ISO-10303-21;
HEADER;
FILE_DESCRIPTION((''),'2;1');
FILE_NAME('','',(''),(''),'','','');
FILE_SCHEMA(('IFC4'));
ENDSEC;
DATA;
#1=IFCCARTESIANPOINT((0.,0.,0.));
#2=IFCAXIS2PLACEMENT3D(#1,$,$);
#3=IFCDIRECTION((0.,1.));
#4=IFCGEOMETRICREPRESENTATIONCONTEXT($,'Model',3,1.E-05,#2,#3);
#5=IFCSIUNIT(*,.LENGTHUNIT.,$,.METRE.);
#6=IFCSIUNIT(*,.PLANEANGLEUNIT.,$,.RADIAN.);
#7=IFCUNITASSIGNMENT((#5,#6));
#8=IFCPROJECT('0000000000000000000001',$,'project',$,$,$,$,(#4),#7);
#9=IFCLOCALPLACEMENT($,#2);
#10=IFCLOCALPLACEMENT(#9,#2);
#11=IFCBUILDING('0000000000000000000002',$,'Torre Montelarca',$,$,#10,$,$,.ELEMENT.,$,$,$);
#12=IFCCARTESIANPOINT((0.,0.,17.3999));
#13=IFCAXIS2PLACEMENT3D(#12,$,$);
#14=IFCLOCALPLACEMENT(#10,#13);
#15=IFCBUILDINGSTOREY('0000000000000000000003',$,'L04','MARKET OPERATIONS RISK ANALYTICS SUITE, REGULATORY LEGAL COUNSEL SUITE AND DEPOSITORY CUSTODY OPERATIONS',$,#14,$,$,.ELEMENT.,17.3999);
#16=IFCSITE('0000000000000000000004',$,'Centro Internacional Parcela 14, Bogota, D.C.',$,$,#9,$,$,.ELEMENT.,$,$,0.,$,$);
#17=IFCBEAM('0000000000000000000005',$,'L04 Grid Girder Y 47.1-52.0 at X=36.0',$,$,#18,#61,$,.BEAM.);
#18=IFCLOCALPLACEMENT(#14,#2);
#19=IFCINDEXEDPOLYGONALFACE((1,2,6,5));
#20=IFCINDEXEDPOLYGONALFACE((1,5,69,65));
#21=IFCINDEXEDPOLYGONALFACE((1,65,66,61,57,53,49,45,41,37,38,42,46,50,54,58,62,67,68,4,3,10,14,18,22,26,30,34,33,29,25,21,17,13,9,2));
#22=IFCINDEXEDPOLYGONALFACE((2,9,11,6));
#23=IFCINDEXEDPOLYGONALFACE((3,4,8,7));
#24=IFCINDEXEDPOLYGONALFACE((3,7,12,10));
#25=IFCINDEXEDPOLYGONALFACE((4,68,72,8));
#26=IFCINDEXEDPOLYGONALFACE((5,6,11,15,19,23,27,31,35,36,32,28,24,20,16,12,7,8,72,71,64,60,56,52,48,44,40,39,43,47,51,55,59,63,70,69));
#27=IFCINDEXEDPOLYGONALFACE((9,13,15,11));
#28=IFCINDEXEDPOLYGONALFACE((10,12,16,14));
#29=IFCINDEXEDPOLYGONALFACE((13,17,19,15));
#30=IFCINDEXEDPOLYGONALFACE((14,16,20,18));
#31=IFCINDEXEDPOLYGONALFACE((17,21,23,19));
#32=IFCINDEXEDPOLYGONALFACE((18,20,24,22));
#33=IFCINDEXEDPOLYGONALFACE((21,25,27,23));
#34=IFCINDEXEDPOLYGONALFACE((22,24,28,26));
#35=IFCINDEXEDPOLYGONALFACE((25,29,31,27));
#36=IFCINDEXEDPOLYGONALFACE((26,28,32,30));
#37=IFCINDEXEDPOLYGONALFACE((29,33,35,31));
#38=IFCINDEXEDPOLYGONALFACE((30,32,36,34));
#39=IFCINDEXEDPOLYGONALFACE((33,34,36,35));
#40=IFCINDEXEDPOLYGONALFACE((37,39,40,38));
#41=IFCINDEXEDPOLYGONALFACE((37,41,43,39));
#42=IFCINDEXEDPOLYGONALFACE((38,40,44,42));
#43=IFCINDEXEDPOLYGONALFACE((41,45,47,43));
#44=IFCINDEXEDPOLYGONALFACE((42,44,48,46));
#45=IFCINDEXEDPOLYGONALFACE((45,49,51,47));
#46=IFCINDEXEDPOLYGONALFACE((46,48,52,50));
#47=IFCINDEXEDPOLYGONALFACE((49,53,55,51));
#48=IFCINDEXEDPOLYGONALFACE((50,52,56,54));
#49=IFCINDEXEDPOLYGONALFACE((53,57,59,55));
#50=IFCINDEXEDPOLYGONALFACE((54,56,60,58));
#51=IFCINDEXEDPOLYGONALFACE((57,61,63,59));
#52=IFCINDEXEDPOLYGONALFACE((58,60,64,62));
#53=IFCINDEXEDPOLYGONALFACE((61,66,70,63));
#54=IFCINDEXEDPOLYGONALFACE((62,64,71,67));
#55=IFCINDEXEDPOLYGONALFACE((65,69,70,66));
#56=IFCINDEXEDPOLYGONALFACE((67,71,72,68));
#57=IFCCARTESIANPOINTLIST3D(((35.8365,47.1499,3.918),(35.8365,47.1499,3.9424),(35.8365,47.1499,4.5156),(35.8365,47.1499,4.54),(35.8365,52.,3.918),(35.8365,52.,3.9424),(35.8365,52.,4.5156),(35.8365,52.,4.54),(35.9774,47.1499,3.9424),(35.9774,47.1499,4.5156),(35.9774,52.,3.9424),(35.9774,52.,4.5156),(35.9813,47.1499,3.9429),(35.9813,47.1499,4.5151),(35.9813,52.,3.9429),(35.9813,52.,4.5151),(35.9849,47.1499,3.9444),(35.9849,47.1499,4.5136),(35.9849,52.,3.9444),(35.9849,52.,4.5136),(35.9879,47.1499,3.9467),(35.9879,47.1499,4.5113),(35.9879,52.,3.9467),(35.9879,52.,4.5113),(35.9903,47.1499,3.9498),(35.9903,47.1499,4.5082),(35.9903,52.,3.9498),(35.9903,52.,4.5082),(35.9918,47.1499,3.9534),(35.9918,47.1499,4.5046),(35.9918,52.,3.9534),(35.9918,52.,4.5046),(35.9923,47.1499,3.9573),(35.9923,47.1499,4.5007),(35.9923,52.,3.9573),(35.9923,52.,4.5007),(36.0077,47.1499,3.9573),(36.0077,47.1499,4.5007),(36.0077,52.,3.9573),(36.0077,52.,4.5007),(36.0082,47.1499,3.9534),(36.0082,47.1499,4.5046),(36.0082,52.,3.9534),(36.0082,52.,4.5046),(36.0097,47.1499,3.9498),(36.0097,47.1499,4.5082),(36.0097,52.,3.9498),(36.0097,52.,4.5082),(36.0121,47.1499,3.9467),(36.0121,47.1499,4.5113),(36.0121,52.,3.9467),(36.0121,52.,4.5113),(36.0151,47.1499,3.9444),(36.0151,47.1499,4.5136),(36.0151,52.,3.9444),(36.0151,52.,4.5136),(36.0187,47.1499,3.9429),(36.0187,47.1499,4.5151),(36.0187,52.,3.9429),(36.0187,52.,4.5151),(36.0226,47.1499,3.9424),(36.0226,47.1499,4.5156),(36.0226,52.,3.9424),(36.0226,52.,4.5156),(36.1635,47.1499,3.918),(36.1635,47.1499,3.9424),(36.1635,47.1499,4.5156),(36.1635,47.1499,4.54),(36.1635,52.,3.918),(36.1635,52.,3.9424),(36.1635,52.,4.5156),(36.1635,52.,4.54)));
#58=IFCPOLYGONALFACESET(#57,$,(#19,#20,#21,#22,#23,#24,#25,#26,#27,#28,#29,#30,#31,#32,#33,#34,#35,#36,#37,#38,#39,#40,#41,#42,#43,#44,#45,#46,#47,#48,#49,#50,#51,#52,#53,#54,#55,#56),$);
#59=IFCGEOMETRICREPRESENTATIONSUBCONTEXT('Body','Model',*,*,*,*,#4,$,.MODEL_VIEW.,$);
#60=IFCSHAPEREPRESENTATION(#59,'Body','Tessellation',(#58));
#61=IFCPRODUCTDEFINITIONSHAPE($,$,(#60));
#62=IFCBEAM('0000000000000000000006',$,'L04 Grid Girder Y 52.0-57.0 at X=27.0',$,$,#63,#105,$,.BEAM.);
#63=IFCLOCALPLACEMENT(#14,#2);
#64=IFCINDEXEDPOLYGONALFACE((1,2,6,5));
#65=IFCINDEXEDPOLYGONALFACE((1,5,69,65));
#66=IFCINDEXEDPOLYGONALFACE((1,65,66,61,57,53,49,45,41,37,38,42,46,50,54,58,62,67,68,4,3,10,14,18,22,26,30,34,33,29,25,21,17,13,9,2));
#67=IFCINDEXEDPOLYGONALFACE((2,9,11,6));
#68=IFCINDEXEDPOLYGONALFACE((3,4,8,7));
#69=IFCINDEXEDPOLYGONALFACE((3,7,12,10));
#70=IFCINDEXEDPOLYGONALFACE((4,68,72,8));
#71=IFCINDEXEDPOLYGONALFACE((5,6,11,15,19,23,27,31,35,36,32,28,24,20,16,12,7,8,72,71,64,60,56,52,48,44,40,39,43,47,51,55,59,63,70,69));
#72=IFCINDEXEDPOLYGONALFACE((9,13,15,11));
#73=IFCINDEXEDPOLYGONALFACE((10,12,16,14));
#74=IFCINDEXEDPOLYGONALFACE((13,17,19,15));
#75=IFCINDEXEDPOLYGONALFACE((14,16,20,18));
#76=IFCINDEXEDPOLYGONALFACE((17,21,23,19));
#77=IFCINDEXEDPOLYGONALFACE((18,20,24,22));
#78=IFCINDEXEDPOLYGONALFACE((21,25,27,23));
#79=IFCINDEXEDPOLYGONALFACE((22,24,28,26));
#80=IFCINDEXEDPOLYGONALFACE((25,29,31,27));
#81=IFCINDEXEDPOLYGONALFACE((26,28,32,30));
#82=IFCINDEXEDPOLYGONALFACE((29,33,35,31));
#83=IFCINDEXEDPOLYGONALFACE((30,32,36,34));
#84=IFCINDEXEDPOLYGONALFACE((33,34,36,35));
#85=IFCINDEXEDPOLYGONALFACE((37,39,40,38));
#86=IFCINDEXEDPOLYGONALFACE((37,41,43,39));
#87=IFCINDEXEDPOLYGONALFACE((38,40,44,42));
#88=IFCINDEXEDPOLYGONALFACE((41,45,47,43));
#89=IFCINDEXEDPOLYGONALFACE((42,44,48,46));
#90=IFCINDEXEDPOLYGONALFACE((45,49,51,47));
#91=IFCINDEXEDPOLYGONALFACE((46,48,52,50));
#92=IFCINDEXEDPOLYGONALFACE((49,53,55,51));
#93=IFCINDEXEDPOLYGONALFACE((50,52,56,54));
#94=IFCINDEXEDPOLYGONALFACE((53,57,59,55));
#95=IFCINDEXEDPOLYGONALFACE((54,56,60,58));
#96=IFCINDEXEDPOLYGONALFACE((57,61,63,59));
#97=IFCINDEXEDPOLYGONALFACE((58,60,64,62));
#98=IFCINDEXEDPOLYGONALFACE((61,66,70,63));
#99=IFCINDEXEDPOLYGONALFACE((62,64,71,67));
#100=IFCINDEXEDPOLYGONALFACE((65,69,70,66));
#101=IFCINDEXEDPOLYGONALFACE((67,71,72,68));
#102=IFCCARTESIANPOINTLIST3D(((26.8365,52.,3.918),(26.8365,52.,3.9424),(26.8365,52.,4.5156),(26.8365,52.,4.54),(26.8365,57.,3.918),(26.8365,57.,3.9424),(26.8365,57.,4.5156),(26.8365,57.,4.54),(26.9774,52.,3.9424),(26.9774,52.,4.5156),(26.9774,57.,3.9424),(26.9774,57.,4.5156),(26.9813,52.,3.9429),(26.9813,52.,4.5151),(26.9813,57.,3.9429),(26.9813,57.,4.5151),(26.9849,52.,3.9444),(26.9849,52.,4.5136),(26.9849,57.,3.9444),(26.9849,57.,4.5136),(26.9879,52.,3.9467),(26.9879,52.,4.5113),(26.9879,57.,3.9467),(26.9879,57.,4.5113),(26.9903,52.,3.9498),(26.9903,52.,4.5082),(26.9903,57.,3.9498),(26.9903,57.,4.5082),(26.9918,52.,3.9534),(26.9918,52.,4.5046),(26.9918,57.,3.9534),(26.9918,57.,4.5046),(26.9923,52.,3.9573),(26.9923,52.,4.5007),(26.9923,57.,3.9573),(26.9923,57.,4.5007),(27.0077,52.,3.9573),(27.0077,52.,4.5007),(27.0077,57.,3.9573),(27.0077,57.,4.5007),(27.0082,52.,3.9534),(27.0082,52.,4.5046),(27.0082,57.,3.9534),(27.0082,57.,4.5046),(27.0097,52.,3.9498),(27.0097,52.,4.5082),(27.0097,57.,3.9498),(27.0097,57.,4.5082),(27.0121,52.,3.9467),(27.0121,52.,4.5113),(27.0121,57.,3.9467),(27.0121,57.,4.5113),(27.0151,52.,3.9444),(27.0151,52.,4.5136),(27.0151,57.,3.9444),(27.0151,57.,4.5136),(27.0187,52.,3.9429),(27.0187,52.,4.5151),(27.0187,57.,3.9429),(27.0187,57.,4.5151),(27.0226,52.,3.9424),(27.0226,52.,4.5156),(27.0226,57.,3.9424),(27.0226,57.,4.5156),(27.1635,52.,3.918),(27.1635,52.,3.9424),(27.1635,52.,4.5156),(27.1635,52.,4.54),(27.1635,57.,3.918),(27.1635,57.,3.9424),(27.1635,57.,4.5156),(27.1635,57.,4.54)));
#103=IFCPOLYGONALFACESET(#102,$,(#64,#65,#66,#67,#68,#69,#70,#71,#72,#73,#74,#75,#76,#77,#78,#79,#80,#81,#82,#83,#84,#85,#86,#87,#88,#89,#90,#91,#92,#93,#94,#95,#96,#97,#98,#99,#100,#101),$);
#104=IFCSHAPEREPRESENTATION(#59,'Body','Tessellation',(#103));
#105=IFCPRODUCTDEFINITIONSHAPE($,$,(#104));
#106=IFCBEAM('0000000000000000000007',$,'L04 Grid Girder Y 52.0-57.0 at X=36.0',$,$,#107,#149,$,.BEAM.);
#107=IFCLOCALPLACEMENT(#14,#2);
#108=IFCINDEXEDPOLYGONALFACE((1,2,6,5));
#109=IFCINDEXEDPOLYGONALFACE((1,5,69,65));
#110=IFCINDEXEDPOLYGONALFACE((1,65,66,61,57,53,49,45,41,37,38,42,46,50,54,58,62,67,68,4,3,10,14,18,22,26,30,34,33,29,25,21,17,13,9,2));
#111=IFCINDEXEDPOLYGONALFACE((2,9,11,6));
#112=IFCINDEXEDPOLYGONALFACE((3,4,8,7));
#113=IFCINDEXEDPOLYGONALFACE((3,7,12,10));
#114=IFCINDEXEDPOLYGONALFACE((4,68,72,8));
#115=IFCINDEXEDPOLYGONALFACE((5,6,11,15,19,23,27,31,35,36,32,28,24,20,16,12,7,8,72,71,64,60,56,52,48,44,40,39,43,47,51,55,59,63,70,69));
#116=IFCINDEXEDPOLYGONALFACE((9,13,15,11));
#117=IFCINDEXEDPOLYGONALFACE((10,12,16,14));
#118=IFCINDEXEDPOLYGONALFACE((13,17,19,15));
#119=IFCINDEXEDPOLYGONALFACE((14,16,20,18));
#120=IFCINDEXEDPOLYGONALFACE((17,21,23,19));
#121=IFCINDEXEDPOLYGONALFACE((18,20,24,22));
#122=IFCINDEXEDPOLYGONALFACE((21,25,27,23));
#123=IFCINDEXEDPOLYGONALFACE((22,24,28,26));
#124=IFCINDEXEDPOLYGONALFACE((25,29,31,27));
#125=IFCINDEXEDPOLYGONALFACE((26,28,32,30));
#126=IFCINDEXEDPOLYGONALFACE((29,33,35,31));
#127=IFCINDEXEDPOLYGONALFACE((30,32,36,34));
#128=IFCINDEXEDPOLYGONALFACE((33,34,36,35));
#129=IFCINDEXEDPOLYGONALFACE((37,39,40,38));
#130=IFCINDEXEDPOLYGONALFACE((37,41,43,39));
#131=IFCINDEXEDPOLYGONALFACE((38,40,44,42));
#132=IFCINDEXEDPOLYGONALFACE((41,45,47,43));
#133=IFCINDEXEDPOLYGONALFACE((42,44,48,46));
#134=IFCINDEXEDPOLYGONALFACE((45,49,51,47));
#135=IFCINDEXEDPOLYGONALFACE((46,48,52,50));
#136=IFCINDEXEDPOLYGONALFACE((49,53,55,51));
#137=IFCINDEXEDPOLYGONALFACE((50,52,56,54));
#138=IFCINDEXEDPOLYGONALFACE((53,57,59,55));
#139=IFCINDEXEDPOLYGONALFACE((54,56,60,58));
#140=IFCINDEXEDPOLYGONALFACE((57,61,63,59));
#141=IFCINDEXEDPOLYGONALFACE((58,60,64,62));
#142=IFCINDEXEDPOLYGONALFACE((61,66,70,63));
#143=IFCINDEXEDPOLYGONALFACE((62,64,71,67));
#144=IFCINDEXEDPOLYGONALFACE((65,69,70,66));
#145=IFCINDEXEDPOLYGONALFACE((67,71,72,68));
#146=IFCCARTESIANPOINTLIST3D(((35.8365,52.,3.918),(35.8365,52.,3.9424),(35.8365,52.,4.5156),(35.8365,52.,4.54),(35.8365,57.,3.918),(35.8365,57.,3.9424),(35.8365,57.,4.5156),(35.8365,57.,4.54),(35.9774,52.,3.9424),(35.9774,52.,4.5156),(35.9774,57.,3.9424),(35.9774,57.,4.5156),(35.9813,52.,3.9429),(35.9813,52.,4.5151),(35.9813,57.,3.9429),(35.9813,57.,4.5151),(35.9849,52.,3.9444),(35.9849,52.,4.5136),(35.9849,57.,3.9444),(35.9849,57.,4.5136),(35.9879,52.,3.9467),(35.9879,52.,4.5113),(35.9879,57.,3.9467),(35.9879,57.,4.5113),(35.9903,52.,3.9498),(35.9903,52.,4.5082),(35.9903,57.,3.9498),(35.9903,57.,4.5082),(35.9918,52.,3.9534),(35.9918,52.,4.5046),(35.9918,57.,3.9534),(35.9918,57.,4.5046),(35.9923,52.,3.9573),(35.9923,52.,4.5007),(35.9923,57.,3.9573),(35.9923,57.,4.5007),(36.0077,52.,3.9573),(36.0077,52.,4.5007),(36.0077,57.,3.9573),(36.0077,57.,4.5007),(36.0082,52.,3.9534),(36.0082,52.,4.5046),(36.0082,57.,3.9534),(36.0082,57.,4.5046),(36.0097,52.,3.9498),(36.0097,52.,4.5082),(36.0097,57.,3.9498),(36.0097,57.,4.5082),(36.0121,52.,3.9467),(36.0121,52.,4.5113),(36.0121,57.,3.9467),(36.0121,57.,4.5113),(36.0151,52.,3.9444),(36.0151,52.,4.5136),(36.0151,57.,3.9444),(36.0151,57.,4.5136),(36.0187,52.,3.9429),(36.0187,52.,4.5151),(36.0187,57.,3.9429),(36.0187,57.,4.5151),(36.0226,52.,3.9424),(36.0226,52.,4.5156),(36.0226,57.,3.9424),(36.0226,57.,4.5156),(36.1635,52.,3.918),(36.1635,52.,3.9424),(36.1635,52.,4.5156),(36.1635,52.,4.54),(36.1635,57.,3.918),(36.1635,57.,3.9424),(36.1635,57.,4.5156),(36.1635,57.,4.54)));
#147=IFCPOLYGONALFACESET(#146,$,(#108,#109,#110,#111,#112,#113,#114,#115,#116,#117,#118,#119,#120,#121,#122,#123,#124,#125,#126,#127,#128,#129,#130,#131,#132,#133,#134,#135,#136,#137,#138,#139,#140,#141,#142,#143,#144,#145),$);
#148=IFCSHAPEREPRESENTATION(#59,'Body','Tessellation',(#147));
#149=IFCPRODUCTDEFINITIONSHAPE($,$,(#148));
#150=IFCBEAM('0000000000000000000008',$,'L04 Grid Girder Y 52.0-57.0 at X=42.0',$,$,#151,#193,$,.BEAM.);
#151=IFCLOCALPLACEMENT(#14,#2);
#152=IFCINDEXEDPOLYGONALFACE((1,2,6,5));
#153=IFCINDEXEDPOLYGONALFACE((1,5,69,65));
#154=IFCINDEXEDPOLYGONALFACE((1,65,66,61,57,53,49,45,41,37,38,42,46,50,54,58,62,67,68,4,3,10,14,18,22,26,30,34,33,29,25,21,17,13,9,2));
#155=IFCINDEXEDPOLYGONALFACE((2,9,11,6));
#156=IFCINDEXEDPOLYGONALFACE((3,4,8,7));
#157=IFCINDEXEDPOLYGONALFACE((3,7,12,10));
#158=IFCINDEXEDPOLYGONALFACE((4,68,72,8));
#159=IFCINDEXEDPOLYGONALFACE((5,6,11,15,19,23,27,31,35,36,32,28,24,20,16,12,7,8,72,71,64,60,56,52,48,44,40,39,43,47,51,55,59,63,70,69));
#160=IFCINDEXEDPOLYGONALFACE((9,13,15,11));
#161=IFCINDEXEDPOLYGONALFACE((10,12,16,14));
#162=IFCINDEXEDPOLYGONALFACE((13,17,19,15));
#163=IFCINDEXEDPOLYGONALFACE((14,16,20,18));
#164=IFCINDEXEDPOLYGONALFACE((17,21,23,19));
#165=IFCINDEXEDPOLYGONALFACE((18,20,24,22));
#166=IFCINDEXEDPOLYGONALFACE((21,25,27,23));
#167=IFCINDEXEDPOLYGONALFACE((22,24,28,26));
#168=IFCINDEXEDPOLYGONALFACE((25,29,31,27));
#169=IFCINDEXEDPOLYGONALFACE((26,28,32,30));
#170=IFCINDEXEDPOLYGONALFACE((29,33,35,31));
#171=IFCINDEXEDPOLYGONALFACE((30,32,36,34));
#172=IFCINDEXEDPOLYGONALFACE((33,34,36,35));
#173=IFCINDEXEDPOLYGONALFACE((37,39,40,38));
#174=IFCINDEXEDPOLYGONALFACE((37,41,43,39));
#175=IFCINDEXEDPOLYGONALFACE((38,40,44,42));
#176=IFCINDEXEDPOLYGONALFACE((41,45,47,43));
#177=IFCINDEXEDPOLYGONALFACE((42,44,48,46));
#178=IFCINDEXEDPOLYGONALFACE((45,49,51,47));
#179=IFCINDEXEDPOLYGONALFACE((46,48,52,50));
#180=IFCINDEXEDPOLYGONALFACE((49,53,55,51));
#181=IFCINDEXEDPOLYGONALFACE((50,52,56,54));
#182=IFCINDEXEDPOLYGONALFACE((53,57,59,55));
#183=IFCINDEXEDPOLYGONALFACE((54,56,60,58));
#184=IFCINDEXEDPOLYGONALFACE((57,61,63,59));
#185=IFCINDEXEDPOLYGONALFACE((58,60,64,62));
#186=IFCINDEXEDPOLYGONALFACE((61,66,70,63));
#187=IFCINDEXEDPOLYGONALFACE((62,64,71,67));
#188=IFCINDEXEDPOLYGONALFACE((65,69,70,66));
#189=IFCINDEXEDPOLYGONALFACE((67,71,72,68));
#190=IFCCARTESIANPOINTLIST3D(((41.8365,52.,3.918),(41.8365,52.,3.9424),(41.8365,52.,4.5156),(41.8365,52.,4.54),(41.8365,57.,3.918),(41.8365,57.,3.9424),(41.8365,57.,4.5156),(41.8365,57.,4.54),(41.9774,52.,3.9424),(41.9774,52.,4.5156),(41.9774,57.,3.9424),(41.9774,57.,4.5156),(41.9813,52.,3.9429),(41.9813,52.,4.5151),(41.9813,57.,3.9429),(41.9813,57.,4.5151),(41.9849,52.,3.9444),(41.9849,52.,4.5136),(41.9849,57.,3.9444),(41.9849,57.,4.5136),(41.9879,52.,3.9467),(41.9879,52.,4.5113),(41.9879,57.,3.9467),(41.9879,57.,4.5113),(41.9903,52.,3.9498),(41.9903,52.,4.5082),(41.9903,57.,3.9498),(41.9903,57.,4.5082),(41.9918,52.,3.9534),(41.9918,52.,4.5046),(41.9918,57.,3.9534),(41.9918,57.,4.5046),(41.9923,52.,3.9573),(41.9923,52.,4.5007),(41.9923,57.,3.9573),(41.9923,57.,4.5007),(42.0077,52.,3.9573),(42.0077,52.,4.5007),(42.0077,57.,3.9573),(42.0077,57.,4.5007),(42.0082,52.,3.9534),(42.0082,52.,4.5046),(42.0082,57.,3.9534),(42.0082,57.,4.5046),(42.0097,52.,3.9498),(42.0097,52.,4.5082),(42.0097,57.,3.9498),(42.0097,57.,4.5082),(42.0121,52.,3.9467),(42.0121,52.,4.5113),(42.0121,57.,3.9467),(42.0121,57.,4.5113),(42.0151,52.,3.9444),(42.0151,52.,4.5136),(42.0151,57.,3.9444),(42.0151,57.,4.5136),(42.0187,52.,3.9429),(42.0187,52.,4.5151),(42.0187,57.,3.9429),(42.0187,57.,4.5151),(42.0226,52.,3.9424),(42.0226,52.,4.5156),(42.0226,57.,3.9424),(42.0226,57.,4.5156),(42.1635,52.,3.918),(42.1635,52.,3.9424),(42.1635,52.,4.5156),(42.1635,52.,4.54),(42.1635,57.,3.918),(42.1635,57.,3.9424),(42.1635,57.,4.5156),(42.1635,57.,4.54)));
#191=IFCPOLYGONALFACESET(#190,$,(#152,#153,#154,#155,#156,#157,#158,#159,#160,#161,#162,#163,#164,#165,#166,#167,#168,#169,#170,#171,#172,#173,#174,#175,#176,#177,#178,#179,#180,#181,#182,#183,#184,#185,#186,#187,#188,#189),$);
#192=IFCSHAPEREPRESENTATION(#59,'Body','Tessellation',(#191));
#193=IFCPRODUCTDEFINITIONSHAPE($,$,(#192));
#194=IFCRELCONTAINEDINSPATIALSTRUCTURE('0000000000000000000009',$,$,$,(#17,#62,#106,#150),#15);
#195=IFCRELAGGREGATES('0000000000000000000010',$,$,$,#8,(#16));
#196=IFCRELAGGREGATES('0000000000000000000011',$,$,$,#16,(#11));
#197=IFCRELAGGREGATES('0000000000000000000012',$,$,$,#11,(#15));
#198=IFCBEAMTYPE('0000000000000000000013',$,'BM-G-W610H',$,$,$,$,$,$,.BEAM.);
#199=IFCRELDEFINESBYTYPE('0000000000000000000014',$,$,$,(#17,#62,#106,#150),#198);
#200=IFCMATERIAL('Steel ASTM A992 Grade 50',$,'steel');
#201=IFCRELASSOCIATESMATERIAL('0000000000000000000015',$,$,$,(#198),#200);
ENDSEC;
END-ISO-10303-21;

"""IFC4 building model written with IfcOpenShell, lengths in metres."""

from ifc_helpers import new_model, si_unit, direction, frame, origin, origin_2d, place, context, subcontext, project, spatial, i_section, extrude, source, transform, mapped, material, material_profile, profile_set, type_object, element, save


model = new_model("IFC4")

# Units and contexts
model_context = context("Model", 3, precision=1e-05, world=origin(), true_north=direction((0.0, 1.0)))
body_context = subcontext(model_context, "Body", "Model", "MODEL_VIEW")
ifc_project = project(units=[si_unit("LENGTHUNIT", "METRE"), si_unit("PLANEANGLEUNIT", "RADIAN")], contexts=[model_context])

# Site, building, storey
site_placement = place(None, origin())
site = spatial("IfcSite", under=ifc_project, at=site_placement, Name="Centro Internacional Parcela 14, Bogota, D.C.", CompositionType="ELEMENT", RefElevation=0.0)
building_placement = place(site_placement, origin())
building = spatial("IfcBuilding", under=site, at=building_placement, Name="Torre Montelarca", CompositionType="ELEMENT")
storey_placement = place(building_placement, frame((0.0, 0.0, 17.3999)))
storey = spatial("IfcBuildingStorey", under=building, at=storey_placement, Name="L04", Description="MARKET OPERATIONS RISK ANALYTICS SUITE, REGULATORY LEGAL COUNSEL SUITE AND DEPOSITORY CUSTODY OPERATIONS", CompositionType="ELEMENT", Elevation=17.3999)

# Beams
ifc_material_1 = material(Name="Steel ASTM A992 Grade 50", Category="steel")
ifc_material_profile_1 = material_profile(ifc_material_1, i_section(OverallWidth=0.3269, OverallDepth=0.6221, WebThickness=0.0154, FlangeThickness=0.0244, FilletRadius=0.0149, at=origin_2d()), Name="W610X195", Category="steel")
ifc_profile_set_1 = profile_set([ifc_material_profile_1], Name="Steel ASTM A992 Grade 50")
beam_type_1 = type_object("IfcBeamType", Name="BM-G-W610H", PredefinedType="BEAM", material=ifc_profile_set_1)
shared_shape_1 = source(origin(), body_context, "Body", "SweptSolid", [
    extrude(i_section(OverallWidth=0.3269, OverallDepth=0.6221, WebThickness=0.0154, FlangeThickness=0.0244, FilletRadius=0.0149, at=origin_2d()), origin(), (0.0, 0.0, 1.0), 4.8501),
])
for number, where, z_axis, x_axis, name in (
    (1, (36.0, 47.1499, 4.229), (0.0, 1.0, 0.0), (-1.0, 0.0, 0.0), "L04 Grid Girder Y 47.1-52.0 at X=36.0"),
):
    element("IfcBeam", number, at=place(storey_placement, frame(where, z_axis=z_axis, x_axis=x_axis)), inside=storey, type_object=beam_type_1, Name=name, PredefinedType="BEAM", context=body_context, shape_type="MappedRepresentation", body=[
        mapped(shared_shape_1, transform((0.0, 0.0, 0.0), scale=1.0)),
    ])
shared_shape_2 = source(origin(), body_context, "Body", "SweptSolid", [
    extrude(i_section(OverallWidth=0.3269, OverallDepth=0.6221, WebThickness=0.0154, FlangeThickness=0.0244, FilletRadius=0.0149, at=origin_2d()), origin(), (0.0, 0.0, 1.0), 5.0),
])
for number, where, z_axis, x_axis, name in (
    (2, (27.0, 52.0, 4.229), (0.0, 1.0, 0.0), (-1.0, 0.0, 0.0), "L04 Grid Girder Y 52.0-57.0 at X=27.0"),
    (3, (36.0, 52.0, 4.229), (0.0, 1.0, 0.0), (-1.0, 0.0, 0.0), "L04 Grid Girder Y 52.0-57.0 at X=36.0"),
    (4, (42.0, 52.0, 4.229), (0.0, 1.0, 0.0), (-1.0, 0.0, 0.0), "L04 Grid Girder Y 52.0-57.0 at X=42.0"),
):
    element("IfcBeam", number, at=place(storey_placement, frame(where, z_axis=z_axis, x_axis=x_axis)), inside=storey, type_object=beam_type_1, Name=name, PredefinedType="BEAM", context=body_context, shape_type="MappedRepresentation", body=[
        mapped(shared_shape_2, transform((0.0, 0.0, 0.0), scale=1.0)),
    ])

save(model, "model.ifc")
